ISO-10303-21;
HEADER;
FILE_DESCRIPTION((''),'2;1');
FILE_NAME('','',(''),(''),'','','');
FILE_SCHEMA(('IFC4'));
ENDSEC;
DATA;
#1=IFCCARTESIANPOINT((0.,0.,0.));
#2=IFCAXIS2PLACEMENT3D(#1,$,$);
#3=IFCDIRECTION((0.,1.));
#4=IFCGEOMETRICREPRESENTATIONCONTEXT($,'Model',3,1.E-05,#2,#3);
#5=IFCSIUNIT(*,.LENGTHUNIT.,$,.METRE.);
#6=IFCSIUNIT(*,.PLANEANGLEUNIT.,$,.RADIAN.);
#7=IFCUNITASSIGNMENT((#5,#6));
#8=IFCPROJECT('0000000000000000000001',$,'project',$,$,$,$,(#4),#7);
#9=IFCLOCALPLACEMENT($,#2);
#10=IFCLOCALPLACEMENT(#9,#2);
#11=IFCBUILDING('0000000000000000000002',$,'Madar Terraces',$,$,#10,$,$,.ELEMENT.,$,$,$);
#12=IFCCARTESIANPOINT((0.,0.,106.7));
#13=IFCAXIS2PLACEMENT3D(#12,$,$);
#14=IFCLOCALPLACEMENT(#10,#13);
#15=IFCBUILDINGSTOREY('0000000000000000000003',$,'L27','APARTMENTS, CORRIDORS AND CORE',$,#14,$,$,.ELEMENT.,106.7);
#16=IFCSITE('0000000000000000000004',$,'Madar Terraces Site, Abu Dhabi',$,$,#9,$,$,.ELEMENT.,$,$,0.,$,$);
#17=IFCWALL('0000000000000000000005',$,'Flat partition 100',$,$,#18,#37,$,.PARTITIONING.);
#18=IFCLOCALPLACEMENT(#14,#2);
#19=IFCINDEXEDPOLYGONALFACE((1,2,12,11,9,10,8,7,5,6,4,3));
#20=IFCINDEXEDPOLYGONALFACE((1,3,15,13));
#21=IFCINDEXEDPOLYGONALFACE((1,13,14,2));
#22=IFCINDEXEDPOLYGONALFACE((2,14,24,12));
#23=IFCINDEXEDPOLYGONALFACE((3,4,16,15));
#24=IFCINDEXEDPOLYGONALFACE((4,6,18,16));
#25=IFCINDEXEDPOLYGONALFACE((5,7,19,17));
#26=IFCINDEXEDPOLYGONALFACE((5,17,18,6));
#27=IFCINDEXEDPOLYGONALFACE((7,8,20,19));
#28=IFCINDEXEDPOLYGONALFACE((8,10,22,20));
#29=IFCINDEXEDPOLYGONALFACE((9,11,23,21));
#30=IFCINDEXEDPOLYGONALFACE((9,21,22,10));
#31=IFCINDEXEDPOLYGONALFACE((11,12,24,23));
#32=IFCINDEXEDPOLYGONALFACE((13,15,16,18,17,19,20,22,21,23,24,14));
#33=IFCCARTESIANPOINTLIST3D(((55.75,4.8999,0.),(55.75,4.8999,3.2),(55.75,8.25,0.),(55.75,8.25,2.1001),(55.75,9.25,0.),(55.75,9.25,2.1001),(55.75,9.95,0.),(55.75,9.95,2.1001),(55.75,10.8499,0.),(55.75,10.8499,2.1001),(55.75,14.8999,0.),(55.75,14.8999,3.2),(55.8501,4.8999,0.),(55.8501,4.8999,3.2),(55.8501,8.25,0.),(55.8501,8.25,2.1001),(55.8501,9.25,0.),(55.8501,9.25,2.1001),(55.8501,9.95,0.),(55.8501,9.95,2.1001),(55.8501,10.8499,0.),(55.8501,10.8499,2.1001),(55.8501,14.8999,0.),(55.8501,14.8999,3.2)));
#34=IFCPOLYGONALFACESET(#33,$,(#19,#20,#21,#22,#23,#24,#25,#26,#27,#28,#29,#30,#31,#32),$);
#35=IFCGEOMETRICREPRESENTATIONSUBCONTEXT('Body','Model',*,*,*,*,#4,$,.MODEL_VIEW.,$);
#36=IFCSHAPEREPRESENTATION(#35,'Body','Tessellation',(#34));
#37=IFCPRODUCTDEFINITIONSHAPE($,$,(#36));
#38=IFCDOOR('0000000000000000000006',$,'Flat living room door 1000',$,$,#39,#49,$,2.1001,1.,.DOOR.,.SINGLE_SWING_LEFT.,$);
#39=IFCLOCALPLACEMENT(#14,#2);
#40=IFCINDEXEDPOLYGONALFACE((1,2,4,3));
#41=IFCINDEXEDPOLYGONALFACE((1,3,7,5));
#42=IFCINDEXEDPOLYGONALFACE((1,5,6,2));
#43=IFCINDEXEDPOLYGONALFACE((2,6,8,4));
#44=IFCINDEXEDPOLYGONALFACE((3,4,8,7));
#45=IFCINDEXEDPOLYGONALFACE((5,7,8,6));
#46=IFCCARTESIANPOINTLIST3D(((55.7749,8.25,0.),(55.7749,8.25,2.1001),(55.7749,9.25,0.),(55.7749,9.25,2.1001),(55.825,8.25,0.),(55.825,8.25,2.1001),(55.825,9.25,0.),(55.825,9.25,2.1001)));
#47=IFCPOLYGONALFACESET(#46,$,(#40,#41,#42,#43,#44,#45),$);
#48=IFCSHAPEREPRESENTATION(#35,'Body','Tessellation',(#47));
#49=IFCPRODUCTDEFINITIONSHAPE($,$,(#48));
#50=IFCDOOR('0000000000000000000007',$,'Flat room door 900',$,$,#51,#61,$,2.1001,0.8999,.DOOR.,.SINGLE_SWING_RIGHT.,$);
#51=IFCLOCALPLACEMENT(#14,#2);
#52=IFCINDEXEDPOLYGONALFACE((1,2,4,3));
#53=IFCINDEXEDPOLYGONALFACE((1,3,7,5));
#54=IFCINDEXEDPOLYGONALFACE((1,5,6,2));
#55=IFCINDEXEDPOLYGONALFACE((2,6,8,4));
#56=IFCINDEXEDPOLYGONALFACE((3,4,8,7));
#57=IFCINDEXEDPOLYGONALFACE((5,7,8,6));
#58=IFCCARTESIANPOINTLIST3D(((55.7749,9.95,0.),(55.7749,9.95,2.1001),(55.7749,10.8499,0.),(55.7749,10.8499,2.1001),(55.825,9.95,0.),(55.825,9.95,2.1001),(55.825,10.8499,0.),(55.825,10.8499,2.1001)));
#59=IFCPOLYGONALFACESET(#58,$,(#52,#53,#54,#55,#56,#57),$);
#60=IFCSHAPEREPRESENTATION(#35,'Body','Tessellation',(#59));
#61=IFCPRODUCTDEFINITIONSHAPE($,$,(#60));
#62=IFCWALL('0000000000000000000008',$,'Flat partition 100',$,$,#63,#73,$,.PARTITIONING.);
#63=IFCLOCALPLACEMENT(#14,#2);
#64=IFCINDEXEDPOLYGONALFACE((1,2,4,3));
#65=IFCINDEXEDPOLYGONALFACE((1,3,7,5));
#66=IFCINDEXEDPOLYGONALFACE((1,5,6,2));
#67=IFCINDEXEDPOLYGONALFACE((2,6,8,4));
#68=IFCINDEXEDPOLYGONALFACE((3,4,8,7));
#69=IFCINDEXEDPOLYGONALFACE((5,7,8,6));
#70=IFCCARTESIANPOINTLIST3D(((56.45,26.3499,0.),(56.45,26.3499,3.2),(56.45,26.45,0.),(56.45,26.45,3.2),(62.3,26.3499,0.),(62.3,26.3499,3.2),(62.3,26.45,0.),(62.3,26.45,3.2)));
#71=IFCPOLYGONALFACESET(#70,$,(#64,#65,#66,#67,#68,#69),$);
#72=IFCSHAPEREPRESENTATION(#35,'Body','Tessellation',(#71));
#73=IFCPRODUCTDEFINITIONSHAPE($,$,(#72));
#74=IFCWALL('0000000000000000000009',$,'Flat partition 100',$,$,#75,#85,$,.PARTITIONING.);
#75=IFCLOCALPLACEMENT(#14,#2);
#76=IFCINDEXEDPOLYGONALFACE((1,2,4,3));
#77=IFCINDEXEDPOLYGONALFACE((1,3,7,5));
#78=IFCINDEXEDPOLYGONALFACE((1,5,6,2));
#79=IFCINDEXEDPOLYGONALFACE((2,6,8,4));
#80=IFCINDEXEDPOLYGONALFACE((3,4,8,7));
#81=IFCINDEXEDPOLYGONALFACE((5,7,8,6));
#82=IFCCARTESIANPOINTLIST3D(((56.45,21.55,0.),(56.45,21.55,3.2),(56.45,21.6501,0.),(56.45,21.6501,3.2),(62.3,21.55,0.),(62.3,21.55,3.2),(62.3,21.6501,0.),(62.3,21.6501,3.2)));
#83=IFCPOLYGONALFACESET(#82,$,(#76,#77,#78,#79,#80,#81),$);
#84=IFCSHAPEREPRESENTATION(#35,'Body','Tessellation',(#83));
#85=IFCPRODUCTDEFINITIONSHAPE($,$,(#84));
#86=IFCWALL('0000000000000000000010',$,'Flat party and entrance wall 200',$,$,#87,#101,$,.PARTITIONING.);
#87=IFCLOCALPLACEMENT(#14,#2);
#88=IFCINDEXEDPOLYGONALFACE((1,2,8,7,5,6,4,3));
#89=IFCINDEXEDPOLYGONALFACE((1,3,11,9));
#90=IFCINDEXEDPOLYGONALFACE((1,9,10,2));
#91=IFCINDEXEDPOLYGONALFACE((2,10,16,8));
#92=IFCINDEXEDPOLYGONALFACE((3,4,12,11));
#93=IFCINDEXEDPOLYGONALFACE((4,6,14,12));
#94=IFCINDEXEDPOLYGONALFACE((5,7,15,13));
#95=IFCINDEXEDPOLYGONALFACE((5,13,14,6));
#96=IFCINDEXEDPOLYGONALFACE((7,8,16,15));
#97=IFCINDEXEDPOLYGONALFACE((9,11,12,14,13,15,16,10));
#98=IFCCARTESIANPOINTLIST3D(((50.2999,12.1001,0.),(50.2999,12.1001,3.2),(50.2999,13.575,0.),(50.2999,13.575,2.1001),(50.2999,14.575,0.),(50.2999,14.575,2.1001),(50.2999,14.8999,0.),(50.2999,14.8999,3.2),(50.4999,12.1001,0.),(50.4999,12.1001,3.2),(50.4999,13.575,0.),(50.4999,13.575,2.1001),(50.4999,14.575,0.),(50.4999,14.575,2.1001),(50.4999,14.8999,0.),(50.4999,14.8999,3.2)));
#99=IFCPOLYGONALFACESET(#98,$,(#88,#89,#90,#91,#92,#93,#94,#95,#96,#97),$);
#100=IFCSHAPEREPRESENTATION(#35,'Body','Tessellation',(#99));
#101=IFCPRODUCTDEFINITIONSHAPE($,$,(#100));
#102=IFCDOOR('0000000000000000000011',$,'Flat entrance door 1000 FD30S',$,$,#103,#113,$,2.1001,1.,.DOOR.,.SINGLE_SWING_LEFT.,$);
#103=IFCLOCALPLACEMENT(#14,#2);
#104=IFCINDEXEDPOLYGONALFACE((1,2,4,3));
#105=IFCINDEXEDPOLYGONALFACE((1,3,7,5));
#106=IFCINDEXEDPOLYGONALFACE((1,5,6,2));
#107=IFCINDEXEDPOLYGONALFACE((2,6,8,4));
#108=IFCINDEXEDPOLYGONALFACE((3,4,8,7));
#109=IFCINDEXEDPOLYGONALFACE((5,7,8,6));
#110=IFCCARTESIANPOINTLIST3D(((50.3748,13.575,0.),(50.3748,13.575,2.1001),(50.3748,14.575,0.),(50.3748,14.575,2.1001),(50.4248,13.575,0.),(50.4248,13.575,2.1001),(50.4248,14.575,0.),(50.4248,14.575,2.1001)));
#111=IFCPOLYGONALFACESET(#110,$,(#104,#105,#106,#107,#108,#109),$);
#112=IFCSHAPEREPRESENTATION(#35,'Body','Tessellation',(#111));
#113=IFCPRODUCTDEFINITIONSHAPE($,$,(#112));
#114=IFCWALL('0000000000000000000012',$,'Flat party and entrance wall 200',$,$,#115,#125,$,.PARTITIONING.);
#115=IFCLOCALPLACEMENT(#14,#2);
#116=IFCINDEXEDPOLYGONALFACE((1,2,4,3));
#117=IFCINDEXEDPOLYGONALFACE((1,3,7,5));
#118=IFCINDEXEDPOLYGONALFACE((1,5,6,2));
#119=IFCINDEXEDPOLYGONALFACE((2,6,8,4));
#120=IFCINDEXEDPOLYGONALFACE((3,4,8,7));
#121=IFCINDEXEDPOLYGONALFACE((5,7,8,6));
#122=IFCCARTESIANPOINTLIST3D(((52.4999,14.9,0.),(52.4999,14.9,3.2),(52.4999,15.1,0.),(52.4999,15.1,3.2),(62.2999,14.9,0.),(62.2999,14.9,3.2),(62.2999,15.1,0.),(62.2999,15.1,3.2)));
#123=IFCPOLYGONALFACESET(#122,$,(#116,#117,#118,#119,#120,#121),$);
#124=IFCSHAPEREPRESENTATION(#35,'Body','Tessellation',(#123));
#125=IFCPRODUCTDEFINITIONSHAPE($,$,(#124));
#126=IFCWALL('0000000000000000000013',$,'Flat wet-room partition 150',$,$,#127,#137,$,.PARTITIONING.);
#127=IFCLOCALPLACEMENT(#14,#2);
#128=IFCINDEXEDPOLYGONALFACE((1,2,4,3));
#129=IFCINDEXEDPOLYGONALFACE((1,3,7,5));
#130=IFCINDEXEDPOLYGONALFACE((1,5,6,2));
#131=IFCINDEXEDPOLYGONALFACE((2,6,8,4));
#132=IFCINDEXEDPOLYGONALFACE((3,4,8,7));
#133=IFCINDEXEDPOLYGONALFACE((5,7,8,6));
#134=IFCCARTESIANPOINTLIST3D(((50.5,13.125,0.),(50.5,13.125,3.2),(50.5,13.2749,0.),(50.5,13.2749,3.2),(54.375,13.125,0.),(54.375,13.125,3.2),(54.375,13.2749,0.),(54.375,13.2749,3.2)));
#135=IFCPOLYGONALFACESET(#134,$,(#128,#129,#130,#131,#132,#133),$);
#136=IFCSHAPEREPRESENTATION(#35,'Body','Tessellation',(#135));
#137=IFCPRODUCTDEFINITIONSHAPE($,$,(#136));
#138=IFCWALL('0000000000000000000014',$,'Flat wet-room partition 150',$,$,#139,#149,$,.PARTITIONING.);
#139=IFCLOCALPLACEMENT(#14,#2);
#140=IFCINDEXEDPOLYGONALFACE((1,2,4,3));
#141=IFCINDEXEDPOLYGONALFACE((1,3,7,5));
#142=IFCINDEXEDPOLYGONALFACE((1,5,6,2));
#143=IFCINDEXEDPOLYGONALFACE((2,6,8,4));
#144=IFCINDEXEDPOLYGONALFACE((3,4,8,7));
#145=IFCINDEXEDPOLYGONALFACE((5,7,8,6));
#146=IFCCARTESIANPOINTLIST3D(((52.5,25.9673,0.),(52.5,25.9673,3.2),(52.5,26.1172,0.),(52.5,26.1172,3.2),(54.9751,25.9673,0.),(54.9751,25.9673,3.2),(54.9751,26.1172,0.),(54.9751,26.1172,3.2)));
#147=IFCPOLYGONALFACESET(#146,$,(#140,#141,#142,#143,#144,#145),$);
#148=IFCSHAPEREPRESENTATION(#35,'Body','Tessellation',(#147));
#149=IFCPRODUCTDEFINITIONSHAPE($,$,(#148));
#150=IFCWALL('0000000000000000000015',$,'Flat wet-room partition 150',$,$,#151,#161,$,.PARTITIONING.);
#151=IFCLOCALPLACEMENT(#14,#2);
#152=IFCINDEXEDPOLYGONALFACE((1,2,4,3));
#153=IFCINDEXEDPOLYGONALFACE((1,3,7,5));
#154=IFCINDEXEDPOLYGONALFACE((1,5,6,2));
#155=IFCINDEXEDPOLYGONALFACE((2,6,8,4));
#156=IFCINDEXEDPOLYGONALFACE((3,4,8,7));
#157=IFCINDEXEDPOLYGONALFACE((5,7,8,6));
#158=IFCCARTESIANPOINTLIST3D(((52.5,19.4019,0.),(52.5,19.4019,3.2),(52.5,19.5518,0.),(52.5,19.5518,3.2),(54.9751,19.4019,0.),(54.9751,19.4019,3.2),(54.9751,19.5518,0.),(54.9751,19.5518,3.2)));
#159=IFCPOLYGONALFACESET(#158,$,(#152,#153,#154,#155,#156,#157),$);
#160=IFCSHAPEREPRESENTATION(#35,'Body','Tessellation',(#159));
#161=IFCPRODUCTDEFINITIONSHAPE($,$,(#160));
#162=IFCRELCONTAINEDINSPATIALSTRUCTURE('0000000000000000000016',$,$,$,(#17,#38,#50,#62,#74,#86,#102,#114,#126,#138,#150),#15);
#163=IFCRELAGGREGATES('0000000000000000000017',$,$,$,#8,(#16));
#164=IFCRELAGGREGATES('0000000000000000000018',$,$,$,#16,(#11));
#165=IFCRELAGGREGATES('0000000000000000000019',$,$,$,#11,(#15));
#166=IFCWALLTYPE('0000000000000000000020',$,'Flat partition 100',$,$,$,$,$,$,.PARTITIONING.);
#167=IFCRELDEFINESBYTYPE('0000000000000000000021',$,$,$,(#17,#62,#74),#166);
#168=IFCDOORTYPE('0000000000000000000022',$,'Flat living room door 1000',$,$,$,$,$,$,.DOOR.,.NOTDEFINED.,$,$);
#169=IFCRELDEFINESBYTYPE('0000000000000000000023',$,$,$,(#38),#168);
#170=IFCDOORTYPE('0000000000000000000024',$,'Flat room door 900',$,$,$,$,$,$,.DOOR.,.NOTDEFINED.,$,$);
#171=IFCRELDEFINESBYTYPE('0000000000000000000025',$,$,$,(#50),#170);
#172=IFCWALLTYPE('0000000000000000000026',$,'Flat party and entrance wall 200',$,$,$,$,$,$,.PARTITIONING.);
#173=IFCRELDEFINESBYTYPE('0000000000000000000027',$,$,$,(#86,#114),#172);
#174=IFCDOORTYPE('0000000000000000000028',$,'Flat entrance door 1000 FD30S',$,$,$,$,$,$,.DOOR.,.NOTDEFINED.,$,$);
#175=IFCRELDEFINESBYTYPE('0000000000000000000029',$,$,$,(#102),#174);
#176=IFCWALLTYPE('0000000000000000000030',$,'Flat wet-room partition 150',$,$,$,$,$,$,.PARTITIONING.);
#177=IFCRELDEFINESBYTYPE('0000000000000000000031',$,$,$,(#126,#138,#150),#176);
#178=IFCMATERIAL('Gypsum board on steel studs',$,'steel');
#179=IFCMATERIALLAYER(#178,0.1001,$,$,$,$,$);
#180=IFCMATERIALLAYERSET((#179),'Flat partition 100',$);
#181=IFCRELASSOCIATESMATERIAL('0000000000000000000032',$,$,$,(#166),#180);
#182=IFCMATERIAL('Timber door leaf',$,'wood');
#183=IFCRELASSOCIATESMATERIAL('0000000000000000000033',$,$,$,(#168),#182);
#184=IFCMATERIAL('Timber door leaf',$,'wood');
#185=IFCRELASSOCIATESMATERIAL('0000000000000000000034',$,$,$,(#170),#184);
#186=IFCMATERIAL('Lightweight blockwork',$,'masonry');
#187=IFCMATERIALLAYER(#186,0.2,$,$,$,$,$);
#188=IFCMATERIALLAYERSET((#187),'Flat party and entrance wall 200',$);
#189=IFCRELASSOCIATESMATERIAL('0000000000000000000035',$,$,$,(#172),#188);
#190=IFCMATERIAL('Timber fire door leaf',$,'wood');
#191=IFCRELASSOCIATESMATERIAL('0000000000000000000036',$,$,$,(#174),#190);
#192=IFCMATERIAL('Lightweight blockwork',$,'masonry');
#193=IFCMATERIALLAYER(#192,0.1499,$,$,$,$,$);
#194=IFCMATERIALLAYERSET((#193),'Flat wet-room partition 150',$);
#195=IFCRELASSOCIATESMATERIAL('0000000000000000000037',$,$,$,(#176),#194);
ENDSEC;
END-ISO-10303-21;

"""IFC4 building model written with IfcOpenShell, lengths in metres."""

from ifc_helpers import new_model, si_unit, direction, frame, frame_2d, origin, place, context, subcontext, project, spatial, rectangle, extrude, material, layer, layer_set, type_object, element, fill, save


model = new_model("IFC4")

# Units and contexts
model_context = context("Model", 3, precision=1e-05, world=origin(), true_north=direction((0.0, 1.0)))
body_context = subcontext(model_context, "Body", "Model", "MODEL_VIEW")
ifc_project = project(units=[si_unit("LENGTHUNIT", "METRE"), si_unit("PLANEANGLEUNIT", "RADIAN")], contexts=[model_context])

# Site, building, storey
site_placement = place(None, origin())
site = spatial("IfcSite", under=ifc_project, at=site_placement, Name="Madar Terraces Site, Abu Dhabi", CompositionType="ELEMENT", RefElevation=0.0)
building_placement = place(site_placement, origin())
building = spatial("IfcBuilding", under=site, at=building_placement, Name="Madar Terraces", CompositionType="ELEMENT")
storey_placement = place(building_placement, frame((0.0, 0.0, 106.7)))
storey = spatial("IfcBuildingStorey", under=building, at=storey_placement, Name="L27", Description="APARTMENTS, CORRIDORS AND CORE", CompositionType="ELEMENT", Elevation=106.7)

# Wall, openings, doors
ifc_material_1 = material(Name="Gypsum board on steel studs", Category="steel")
ifc_layer_1 = layer(ifc_material_1, 0.1001)
ifc_layer_set_1 = layer_set([ifc_layer_1], Name="Flat partition 100")
wall_type_1 = type_object("IfcWallType", Name="Flat partition 100", PredefinedType="PARTITIONING", material=ifc_layer_set_1)
wall_1_placement = place(storey_placement, frame((55.8, 14.8999, 0.0), z_axis=(0.0, 0.0, 1.0), x_axis=(0.0, -1.0, 0.0)))
wall_1 = element("IfcWall", 1, at=wall_1_placement, inside=storey, type_object=wall_type_1, Name="Flat partition 100", PredefinedType="PARTITIONING", context=body_context, shape_type="SweptSolid", body=[
    extrude(rectangle(XDim=10.0, YDim=0.1001, at=frame_2d((5.0, 0.0))), origin(), (0.0, 0.0, 1.0), 3.2),
])
opening_1_placement = place(wall_1_placement, frame((4.05, 0.0, 0.0)))
opening_1 = element("IfcOpeningElement", 2, at=opening_1_placement, cuts=wall_1, PredefinedType="OPENING", context=body_context, shape_type="SweptSolid", body=[
    extrude(rectangle(XDim=0.8999, YDim=2.1001, at=frame_2d((0.45, 1.05))), frame((0.0, 0.0601, 0.0), z_axis=(0.0, -1.0, 0.0), x_axis=(1.0, 0.0, 0.0)), (0.0, 0.0, 1.0), 0.1201),
])
opening_2_placement = place(wall_1_placement, frame((5.6499, 0.0, 0.0)))
opening_2 = element("IfcOpeningElement", 3, at=opening_2_placement, cuts=wall_1, PredefinedType="OPENING", context=body_context, shape_type="SweptSolid", body=[
    extrude(rectangle(XDim=1.0, YDim=2.1001, at=frame_2d((0.5, 1.05))), frame((0.0, 0.0601, 0.0), z_axis=(0.0, -1.0, 0.0), x_axis=(1.0, 0.0, 0.0)), (0.0, 0.0, 1.0), 0.1201),
])
ifc_material_2 = material(Name="Timber door leaf", Category="wood")
door_type_1 = type_object("IfcDoorType", Name="Flat living room door 1000", OperationType="NOTDEFINED", PredefinedType="DOOR", material=ifc_material_2)
door_1_placement = place(opening_2_placement, origin())
door_1 = element("IfcDoor", 4, at=door_1_placement, inside=storey, type_object=door_type_1, Name="Flat living room door 1000", OperationType="SINGLE_SWING_LEFT", OverallHeight=2.1001, OverallWidth=1.0, PredefinedType="DOOR", context=body_context, shape_type="SweptSolid", body=[
    extrude(rectangle(XDim=1.0, YDim=2.1001, at=frame_2d((0.5, 1.05))), frame((0.0, 0.0249, 0.0), z_axis=(0.0, -1.0, 0.0), x_axis=(1.0, 0.0, 0.0)), (0.0, 0.0, 1.0), 0.05),
])
fill(opening_2, door_1)
ifc_material_3 = material(Name="Timber door leaf", Category="wood")
door_type_2 = type_object("IfcDoorType", Name="Flat room door 900", OperationType="NOTDEFINED", PredefinedType="DOOR", material=ifc_material_3)
door_2_placement = place(opening_1_placement, origin())
door_2 = element("IfcDoor", 5, at=door_2_placement, inside=storey, type_object=door_type_2, Name="Flat room door 900", OperationType="SINGLE_SWING_RIGHT", OverallHeight=2.1001, OverallWidth=0.8999, PredefinedType="DOOR", context=body_context, shape_type="SweptSolid", body=[
    extrude(rectangle(XDim=0.8999, YDim=2.1001, at=frame_2d((0.45, 1.05))), frame((0.0, 0.0249, 0.0), z_axis=(0.0, -1.0, 0.0), x_axis=(1.0, 0.0, 0.0)), (0.0, 0.0, 1.0), 0.05),
])
fill(opening_1, door_2)

# Walls
for number, where, z_axis, x_axis, name in (
    (6, (56.45, 26.3999, 0.0), (0.0, 0.0, 1.0), (1.0, 0.0, 0.0), "Flat partition 100"),
    (7, (56.45, 21.6001, 0.0), (0.0, 0.0, 1.0), (1.0, 0.0, 0.0), "Flat partition 100"),
):
    element("IfcWall", number, at=place(storey_placement, frame(where, z_axis=z_axis, x_axis=x_axis)), inside=storey, type_object=wall_type_1, Name=name, PredefinedType="PARTITIONING", context=body_context, shape_type="SweptSolid", body=[
        extrude(rectangle(XDim=5.8501, YDim=0.1001, at=frame_2d((2.925, 0.0))), origin(), (0.0, 0.0, 1.0), 3.2),
    ])

# Wall, opening, door
ifc_material_4 = material(Name="Lightweight blockwork", Category="masonry")
ifc_layer_2 = layer(ifc_material_4, 0.2)
ifc_layer_set_2 = layer_set([ifc_layer_2], Name="Flat party and entrance wall 200")
wall_type_2 = type_object("IfcWallType", Name="Flat party and entrance wall 200", PredefinedType="PARTITIONING", material=ifc_layer_set_2)
wall_2_placement = place(storey_placement, frame((50.3999, 14.8999, 0.0), z_axis=(0.0, 0.0, 1.0), x_axis=(0.0, -1.0, 0.0)))
wall_2 = element("IfcWall", 8, at=wall_2_placement, inside=storey, type_object=wall_type_2, Name="Flat party and entrance wall 200", PredefinedType="PARTITIONING", context=body_context, shape_type="SweptSolid", body=[
    extrude(rectangle(XDim=2.7998, YDim=0.2, at=frame_2d((1.3999, 0.0))), origin(), (0.0, 0.0, 1.0), 3.2),
])
opening_3_placement = place(wall_2_placement, frame((0.325, 0.0, 0.0)))
opening_3 = element("IfcOpeningElement", 9, at=opening_3_placement, cuts=wall_2, PredefinedType="OPENING", context=body_context, shape_type="SweptSolid", body=[
    extrude(rectangle(XDim=1.0, YDim=2.1001, at=frame_2d((0.5, 1.05))), frame((0.0, 0.1099, 0.0), z_axis=(0.0, -1.0, 0.0), x_axis=(1.0, 0.0, 0.0)), (0.0, 0.0, 1.0), 0.22),
])
ifc_material_5 = material(Name="Timber fire door leaf", Category="wood")
door_type_3 = type_object("IfcDoorType", Name="Flat entrance door 1000 FD30S", OperationType="NOTDEFINED", PredefinedType="DOOR", material=ifc_material_5)
door_3_placement = place(opening_3_placement, origin())
door_3 = element("IfcDoor", 10, at=door_3_placement, inside=storey, type_object=door_type_3, Name="Flat entrance door 1000 FD30S", OperationType="SINGLE_SWING_LEFT", OverallHeight=2.1001, OverallWidth=1.0, PredefinedType="DOOR", context=body_context, shape_type="SweptSolid", body=[
    extrude(rectangle(XDim=1.0, YDim=2.1001, at=frame_2d((0.5, 1.05))), frame((0.0, 0.0249, 0.0), z_axis=(0.0, -1.0, 0.0), x_axis=(1.0, 0.0, 0.0)), (0.0, 0.0, 1.0), 0.05),
])
fill(opening_3, door_3)

# Walls
wall_3_placement = place(storey_placement, frame((52.5, 15.0, 0.0), z_axis=(0.0, 0.0, 1.0), x_axis=(1.0, 0.0, 0.0)))
element("IfcWall", 11, at=wall_3_placement, inside=storey, type_object=wall_type_2, Name="Flat party and entrance wall 200", PredefinedType="PARTITIONING", context=body_context, shape_type="SweptSolid", body=[
    extrude(rectangle(XDim=9.8, YDim=0.2, at=frame_2d((4.8999, 0.0))), origin(), (0.0, 0.0, 1.0), 3.2),
])
ifc_material_6 = material(Name="Lightweight blockwork", Category="masonry")
ifc_layer_3 = layer(ifc_material_6, 0.1499)
ifc_layer_set_3 = layer_set([ifc_layer_3], Name="Flat wet-room partition 150")
wall_type_3 = type_object("IfcWallType", Name="Flat wet-room partition 150", PredefinedType="PARTITIONING", material=ifc_layer_set_3)
wall_4_placement = place(storey_placement, frame((50.5, 13.2, 0.0), z_axis=(0.0, 0.0, 1.0), x_axis=(1.0, 0.0, 0.0)))
element("IfcWall", 12, at=wall_4_placement, inside=storey, type_object=wall_type_3, Name="Flat wet-room partition 150", PredefinedType="PARTITIONING", context=body_context, shape_type="SweptSolid", body=[
    extrude(rectangle(XDim=3.875, YDim=0.1499, at=frame_2d((1.9375, 0.0))), origin(), (0.0, 0.0, 1.0), 3.2),
])
for number, where, z_axis, x_axis, name in (
    (13, (52.5, 26.0422, 0.0), (0.0, 0.0, 1.0), (1.0, 0.0, 0.0), "Flat wet-room partition 150"),
    (14, (52.5, 19.4768, 0.0), (0.0, 0.0, 1.0), (1.0, 0.0, 0.0), "Flat wet-room partition 150"),
):
    element("IfcWall", number, at=place(storey_placement, frame(where, z_axis=z_axis, x_axis=x_axis)), inside=storey, type_object=wall_type_3, Name=name, PredefinedType="PARTITIONING", context=body_context, shape_type="SweptSolid", body=[
        extrude(rectangle(XDim=2.4751, YDim=0.1499, at=frame_2d((1.2375, 0.0))), origin(), (0.0, 0.0, 1.0), 3.2),
    ])

save(model, "model.ifc")
